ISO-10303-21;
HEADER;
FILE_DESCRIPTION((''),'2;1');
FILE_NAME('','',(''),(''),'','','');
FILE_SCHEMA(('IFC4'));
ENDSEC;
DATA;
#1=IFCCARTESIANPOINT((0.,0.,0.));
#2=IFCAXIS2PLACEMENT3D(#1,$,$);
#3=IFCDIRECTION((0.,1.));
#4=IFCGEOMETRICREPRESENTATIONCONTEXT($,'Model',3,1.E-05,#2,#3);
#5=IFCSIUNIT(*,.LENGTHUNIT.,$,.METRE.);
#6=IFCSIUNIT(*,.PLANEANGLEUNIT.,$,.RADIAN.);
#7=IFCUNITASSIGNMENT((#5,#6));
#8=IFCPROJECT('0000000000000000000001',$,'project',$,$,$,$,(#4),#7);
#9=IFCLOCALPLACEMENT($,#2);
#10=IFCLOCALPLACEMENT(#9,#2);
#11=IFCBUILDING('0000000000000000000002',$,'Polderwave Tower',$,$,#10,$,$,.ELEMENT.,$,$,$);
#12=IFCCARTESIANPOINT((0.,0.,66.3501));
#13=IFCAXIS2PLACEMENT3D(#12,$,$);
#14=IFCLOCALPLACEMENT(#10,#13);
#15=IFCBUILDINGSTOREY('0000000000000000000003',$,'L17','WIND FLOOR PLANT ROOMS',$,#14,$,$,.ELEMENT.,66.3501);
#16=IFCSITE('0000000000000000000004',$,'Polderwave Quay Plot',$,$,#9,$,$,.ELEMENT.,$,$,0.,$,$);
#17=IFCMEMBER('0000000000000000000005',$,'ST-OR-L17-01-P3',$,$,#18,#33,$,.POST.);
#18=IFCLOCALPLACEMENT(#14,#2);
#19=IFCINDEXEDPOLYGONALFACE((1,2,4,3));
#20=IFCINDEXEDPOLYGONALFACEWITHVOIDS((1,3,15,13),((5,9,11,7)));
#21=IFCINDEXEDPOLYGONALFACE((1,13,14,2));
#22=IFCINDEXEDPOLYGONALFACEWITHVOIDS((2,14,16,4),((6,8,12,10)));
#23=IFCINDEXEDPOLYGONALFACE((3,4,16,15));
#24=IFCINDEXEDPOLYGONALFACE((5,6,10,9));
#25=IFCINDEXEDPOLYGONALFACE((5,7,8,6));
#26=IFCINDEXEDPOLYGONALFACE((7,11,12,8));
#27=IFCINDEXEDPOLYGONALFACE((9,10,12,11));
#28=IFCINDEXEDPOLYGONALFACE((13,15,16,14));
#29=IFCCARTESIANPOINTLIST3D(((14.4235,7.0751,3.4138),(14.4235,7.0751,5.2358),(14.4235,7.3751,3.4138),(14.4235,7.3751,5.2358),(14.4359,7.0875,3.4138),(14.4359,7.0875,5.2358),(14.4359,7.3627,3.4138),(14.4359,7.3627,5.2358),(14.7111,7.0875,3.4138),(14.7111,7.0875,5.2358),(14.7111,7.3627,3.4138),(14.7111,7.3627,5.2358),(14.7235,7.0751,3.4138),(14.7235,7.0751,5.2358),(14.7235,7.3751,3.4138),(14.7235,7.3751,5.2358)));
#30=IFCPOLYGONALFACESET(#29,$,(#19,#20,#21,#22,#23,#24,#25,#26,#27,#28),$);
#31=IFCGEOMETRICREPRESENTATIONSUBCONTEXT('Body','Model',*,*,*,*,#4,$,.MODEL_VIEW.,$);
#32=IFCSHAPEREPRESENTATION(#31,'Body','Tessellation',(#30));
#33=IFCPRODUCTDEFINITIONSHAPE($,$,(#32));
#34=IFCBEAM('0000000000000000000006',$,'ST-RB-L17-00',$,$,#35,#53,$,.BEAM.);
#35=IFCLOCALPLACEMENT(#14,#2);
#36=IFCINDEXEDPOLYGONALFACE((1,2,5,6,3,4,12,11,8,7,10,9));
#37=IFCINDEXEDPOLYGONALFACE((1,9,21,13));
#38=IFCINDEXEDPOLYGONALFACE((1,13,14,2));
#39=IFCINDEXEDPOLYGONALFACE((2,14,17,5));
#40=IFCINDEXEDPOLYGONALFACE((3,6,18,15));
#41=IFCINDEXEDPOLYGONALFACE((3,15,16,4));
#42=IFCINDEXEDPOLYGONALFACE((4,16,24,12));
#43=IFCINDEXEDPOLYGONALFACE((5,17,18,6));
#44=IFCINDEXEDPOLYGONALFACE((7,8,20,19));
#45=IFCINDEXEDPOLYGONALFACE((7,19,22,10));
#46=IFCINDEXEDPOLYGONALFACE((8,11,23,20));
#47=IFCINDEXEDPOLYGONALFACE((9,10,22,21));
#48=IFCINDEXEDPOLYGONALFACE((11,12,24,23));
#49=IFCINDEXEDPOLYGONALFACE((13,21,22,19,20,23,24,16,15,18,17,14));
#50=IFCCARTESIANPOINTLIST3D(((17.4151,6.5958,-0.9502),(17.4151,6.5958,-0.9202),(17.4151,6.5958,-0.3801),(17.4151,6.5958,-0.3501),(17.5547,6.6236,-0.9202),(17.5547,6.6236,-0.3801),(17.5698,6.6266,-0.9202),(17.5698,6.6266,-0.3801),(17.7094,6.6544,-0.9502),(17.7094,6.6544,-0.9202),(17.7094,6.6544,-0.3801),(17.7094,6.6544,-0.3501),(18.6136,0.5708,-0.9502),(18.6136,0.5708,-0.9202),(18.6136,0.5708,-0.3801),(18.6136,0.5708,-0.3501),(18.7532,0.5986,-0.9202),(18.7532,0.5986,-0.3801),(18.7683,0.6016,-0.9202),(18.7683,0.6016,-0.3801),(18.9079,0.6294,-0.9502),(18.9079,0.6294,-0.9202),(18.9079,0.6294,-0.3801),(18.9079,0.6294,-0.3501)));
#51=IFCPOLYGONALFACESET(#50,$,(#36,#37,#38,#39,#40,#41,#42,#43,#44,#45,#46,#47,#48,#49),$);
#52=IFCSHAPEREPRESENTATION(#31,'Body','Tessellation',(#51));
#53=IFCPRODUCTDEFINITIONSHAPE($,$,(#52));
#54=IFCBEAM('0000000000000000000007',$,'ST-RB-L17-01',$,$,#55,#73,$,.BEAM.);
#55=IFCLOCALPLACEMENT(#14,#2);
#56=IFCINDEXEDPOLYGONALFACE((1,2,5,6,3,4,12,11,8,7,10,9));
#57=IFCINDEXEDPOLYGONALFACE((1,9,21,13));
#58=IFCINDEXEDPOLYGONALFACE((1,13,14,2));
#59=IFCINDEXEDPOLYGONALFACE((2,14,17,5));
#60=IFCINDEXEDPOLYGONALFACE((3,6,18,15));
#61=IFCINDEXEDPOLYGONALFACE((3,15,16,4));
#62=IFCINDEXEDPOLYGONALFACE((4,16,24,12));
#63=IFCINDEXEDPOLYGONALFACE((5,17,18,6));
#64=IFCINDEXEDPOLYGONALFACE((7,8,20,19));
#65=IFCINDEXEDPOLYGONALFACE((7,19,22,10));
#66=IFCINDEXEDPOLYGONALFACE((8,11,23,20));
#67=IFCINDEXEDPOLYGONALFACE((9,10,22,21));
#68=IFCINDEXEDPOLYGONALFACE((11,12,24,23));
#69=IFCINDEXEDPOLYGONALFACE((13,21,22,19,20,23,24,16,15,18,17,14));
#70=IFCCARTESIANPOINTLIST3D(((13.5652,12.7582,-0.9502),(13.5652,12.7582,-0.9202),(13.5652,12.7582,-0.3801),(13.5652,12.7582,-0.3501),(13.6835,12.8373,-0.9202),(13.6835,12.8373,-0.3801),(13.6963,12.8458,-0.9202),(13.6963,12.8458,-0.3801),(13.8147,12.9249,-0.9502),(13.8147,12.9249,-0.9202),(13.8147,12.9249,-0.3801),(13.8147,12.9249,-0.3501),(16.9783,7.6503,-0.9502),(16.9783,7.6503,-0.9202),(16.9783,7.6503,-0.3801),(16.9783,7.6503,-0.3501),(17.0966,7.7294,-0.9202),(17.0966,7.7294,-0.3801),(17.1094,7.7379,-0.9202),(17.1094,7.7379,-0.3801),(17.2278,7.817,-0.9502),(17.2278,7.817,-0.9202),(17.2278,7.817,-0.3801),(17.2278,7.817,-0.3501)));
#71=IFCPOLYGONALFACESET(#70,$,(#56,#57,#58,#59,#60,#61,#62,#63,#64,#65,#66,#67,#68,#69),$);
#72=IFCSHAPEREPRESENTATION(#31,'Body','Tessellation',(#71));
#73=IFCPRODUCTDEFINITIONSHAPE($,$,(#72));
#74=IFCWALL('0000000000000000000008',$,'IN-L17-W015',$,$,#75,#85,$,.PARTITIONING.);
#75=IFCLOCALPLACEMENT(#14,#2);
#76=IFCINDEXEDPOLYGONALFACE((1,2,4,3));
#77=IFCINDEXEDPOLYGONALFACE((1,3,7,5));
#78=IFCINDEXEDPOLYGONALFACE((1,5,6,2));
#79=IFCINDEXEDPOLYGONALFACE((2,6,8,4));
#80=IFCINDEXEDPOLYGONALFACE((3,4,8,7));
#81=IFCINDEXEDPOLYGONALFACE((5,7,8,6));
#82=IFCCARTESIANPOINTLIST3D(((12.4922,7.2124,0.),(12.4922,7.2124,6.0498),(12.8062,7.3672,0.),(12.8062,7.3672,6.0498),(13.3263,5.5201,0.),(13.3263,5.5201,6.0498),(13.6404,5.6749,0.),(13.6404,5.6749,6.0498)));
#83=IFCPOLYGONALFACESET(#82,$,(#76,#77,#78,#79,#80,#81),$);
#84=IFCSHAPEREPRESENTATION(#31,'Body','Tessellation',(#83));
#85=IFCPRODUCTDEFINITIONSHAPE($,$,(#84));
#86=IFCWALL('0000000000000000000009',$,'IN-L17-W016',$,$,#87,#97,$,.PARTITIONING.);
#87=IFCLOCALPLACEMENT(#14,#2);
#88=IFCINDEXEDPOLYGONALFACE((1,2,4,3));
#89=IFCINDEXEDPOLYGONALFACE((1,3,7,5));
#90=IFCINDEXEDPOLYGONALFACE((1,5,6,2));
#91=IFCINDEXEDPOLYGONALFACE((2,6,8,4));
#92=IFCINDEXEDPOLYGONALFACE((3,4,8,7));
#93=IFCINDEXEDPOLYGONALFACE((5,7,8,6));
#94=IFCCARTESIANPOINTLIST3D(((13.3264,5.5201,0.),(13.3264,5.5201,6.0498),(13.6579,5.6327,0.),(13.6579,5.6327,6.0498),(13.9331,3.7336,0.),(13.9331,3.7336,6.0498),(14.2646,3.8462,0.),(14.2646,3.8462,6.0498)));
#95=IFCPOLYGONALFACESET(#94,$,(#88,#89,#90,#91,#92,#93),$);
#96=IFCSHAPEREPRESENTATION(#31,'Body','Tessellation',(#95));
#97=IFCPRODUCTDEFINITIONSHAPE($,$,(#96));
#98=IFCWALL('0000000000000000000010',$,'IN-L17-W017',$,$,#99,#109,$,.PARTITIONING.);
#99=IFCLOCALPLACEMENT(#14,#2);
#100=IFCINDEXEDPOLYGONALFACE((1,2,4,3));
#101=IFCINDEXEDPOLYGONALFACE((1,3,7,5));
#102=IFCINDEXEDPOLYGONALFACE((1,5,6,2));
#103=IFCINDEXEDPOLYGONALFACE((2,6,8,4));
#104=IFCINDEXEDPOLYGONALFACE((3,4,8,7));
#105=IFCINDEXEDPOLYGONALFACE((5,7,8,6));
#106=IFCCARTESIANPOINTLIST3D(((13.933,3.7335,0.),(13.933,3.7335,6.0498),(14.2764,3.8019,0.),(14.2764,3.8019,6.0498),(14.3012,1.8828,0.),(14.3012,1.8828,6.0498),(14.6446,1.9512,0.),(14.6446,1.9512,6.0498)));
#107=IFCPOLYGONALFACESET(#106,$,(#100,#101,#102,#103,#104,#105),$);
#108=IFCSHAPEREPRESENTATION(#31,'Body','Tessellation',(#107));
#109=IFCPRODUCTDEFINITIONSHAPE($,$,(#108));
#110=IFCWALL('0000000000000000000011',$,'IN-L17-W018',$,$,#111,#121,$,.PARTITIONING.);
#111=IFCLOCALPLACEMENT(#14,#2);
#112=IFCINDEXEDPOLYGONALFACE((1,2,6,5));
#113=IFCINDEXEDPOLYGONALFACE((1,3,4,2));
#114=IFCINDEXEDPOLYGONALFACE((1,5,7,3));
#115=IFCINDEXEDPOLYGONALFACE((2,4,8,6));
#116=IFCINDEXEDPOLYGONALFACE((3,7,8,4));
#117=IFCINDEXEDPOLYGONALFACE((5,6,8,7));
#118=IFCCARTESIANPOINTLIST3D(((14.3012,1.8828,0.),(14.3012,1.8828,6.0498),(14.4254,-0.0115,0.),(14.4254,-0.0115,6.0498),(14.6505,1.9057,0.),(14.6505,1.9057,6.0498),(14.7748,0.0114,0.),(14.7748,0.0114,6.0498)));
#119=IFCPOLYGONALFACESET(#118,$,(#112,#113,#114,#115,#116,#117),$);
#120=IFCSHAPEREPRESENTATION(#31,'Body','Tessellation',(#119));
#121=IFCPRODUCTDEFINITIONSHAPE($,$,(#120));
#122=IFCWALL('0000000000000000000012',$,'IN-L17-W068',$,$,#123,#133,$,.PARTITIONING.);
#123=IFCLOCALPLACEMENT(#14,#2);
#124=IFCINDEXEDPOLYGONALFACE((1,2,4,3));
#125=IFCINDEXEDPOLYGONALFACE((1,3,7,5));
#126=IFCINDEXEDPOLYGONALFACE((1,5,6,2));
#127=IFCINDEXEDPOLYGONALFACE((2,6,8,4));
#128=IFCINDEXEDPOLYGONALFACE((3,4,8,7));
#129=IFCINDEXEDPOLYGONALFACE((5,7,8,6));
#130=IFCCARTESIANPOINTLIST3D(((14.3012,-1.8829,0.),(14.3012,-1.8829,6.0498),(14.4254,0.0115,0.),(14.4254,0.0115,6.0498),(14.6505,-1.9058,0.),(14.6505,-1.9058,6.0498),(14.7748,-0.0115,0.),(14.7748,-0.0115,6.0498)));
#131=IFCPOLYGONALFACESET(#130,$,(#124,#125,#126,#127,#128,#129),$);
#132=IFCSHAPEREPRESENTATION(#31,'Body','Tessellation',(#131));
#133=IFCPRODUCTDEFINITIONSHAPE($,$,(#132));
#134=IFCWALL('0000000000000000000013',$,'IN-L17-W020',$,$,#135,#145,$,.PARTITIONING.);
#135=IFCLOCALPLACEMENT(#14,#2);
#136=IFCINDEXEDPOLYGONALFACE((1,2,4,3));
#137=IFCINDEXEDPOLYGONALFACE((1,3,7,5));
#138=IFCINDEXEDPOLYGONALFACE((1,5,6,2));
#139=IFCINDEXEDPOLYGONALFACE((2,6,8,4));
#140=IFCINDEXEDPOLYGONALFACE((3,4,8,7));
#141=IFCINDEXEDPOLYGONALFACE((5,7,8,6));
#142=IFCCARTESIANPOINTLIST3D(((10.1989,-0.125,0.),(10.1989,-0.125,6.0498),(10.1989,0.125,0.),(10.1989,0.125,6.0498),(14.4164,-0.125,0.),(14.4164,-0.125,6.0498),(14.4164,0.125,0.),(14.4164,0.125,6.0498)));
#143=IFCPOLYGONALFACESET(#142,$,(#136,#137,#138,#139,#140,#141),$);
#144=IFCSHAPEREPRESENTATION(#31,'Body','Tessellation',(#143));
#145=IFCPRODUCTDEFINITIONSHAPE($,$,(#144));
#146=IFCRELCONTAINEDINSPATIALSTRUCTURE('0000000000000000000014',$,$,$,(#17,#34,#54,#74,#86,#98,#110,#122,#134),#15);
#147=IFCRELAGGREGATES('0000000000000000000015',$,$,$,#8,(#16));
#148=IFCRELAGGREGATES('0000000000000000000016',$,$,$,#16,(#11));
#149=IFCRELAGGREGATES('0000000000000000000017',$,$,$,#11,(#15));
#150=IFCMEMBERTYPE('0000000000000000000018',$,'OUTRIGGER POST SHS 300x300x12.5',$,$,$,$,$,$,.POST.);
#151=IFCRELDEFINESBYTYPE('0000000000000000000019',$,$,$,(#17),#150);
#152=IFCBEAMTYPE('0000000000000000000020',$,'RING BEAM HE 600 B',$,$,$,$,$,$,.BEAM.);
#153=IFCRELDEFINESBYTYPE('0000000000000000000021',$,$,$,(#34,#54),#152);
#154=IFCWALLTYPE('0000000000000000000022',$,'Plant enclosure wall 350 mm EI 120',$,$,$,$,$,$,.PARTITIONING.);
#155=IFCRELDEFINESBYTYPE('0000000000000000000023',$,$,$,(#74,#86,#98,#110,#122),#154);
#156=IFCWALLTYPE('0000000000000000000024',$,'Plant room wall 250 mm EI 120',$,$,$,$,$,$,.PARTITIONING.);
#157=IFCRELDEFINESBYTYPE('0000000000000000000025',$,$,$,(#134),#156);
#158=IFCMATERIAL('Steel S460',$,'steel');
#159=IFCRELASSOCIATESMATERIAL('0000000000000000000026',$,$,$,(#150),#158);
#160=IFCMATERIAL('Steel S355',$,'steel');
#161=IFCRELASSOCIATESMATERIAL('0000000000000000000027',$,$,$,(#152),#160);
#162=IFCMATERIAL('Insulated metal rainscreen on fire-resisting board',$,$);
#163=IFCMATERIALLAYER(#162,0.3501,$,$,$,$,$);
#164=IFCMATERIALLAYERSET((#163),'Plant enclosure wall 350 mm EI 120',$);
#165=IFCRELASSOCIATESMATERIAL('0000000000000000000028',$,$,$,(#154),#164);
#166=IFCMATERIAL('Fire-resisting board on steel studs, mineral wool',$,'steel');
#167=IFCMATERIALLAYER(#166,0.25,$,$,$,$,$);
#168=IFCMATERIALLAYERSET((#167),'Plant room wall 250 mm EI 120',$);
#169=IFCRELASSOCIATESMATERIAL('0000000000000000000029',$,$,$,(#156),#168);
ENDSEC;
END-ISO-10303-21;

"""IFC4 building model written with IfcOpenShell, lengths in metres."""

from ifc_helpers import new_model, si_unit, direction, frame, frame_2d, origin, origin_2d, place, context, subcontext, project, spatial, rectangle, hollow_rectangle, i_section, extrude, material, layer, layer_set, material_profile, profile_set, type_object, element, save


model = new_model("IFC4")

# Units and contexts
model_context = context("Model", 3, precision=1e-05, world=origin(), true_north=direction((0.0, 1.0)))
body_context = subcontext(model_context, "Body", "Model", "MODEL_VIEW")
ifc_project = project(units=[si_unit("LENGTHUNIT", "METRE"), si_unit("PLANEANGLEUNIT", "RADIAN")], contexts=[model_context])

# Site, building, storey
site_placement = place(None, origin())
site = spatial("IfcSite", under=ifc_project, at=site_placement, Name="Polderwave Quay Plot", CompositionType="ELEMENT", RefElevation=0.0)
building_placement = place(site_placement, origin())
building = spatial("IfcBuilding", under=site, at=building_placement, Name="Polderwave Tower", CompositionType="ELEMENT")
storey_placement = place(building_placement, frame((0.0, 0.0, 66.3501)))
storey = spatial("IfcBuildingStorey", under=building, at=storey_placement, Name="L17", Description="WIND FLOOR PLANT ROOMS", CompositionType="ELEMENT", Elevation=66.3501)

# Member
ifc_material_1 = material(Name="Steel S460", Category="steel")
ifc_material_profile_1 = material_profile(ifc_material_1, hollow_rectangle(XDim=0.3, YDim=0.3, WallThickness=0.0125, at=origin_2d()), Name="SHS 300x300x12.5")
ifc_profile_set_1 = profile_set([ifc_material_profile_1], Name="Steel S460")
member_type_1 = type_object("IfcMemberType", Name="OUTRIGGER POST SHS 300x300x12.5", PredefinedType="POST", material=ifc_profile_set_1)
for number, where, z_axis, x_axis, name in (
    (1, (14.5735, 7.2251, 3.4138), (0.0, 0.0, 1.0), (1.0, 0.0, 0.0), "ST-OR-L17-01-P3"),
):
    element("IfcMember", number, at=place(storey_placement, frame(where, z_axis=z_axis, x_axis=x_axis)), inside=storey, type_object=member_type_1, Name=name, PredefinedType="POST", context=body_context, shape_type="SweptSolid", body=[
        extrude(hollow_rectangle(XDim=0.3, YDim=0.3, WallThickness=0.0125, at=origin_2d()), origin(), (0.0, 0.0, 1.0), 1.822),
    ])

# Beams
ifc_material_2 = material(Name="Steel S355", Category="steel")
ifc_material_profile_2 = material_profile(ifc_material_2, i_section(OverallWidth=0.3, OverallDepth=0.6001, WebThickness=0.0154, FlangeThickness=0.03, at=origin_2d()), Name="HE 600 B")
ifc_profile_set_2 = profile_set([ifc_material_profile_2], Name="Steel S355")
beam_type = type_object("IfcBeamType", Name="RING BEAM HE 600 B", PredefinedType="BEAM", material=ifc_profile_set_2)
beam_1_placement = place(storey_placement, frame((18.7607, 0.6001, -0.6501), z_axis=(-0.1951, 0.980783, 0.0), x_axis=(-0.980783, -0.1951, 0.0)))
element("IfcBeam", 2, at=beam_1_placement, inside=storey, type_object=beam_type, Name="ST-RB-L17-00", PredefinedType="BEAM", context=body_context, shape_type="SweptSolid", body=[
    extrude(i_section(OverallWidth=0.3, OverallDepth=0.6001, WebThickness=0.0154, FlangeThickness=0.03, at=origin_2d()), origin(), (0.0, 0.0, 1.0), 6.1431),
])
beam_2_placement = place(storey_placement, frame((17.103, 7.7336, -0.6501), z_axis=(-0.55558, 0.831463, 0.0), x_axis=(-0.831463, -0.55558, 0.0)))
element("IfcBeam", 3, at=beam_2_placement, inside=storey, type_object=beam_type, Name="ST-RB-L17-01", PredefinedType="BEAM", context=body_context, shape_type="SweptSolid", body=[
    extrude(i_section(OverallWidth=0.3, OverallDepth=0.6001, WebThickness=0.0154, FlangeThickness=0.03, at=origin_2d()), origin(), (0.0, 0.0, 1.0), 6.1433),
])

# Walls
ifc_material_3 = material(Name="Insulated metal rainscreen on fire-resisting board")
ifc_layer_1 = layer(ifc_material_3, 0.3501)
ifc_layer_set_1 = layer_set([ifc_layer_1], Name="Plant enclosure wall 350 mm EI 120")
wall_type_1 = type_object("IfcWallType", Name="Plant enclosure wall 350 mm EI 120", PredefinedType="PARTITIONING", material=ifc_layer_set_1)
for number, where, z_axis, x_axis, name in (
    (4, (12.6492, 7.2898, 0.0), (0.0, 0.0, 1.0), (0.442134, -0.896949, 0.0), "IN-L17-W015"),
    (5, (13.4922, 5.5764, 0.0), (0.0, 0.0, 1.0), (0.321541, -0.946896, 0.0), "IN-L17-W016"),
):
    element("IfcWall", number, at=place(storey_placement, frame(where, z_axis=z_axis, x_axis=x_axis)), inside=storey, type_object=wall_type_1, Name=name, PredefinedType="PARTITIONING", context=body_context, shape_type="SweptSolid", body=[
        extrude(rectangle(XDim=1.8867, YDim=0.3501, at=frame_2d((0.9434, 0.0))), origin(), (0.0, 0.0, 1.0), 6.0498),
    ])
wall_1_placement = place(storey_placement, frame((14.1047, 3.7676, 0.0), z_axis=(0.0, 0.0, 1.0), x_axis=(0.195121, -0.980779, 0.0)))
element("IfcWall", 6, at=wall_1_placement, inside=storey, type_object=wall_type_1, Name="IN-L17-W017", PredefinedType="PARTITIONING", context=body_context, shape_type="SweptSolid", body=[
    extrude(rectangle(XDim=1.887, YDim=0.3501, at=frame_2d((0.9434, 0.0))), origin(), (0.0, 0.0, 1.0), 6.0498),
])
for number, where, z_axis, x_axis, name in (
    (7, (14.4758, 1.8943, 0.0), (0.0, 0.0, 1.0), (0.065461, -0.997855, 0.0), "IN-L17-W018"),
    (8, (14.6001, 0.0, 0.0), (0.0, 0.0, 1.0), (-0.065461, -0.997855, 0.0), "IN-L17-W068"),
):
    element("IfcWall", number, at=place(storey_placement, frame(where, z_axis=z_axis, x_axis=x_axis)), inside=storey, type_object=wall_type_1, Name=name, PredefinedType="PARTITIONING", context=body_context, shape_type="SweptSolid", body=[
        extrude(rectangle(XDim=1.8984, YDim=0.3501, at=frame_2d((0.9492, 0.0))), origin(), (0.0, 0.0, 1.0), 6.0498),
    ])
ifc_material_4 = material(Name="Fire-resisting board on steel studs, mineral wool", Category="steel")
ifc_layer_2 = layer(ifc_material_4, 0.25)
ifc_layer_set_2 = layer_set([ifc_layer_2], Name="Plant room wall 250 mm EI 120")
wall_type_2 = type_object("IfcWallType", Name="Plant room wall 250 mm EI 120", PredefinedType="PARTITIONING", material=ifc_layer_set_2)
wall_2_placement = place(storey_placement, frame((14.4165, 0.0, 0.0), z_axis=(0.0, 0.0, 1.0), x_axis=(-1.0, 0.0, 0.0)))
element("IfcWall", 9, at=wall_2_placement, inside=storey, type_object=wall_type_2, Name="IN-L17-W020", PredefinedType="PARTITIONING", context=body_context, shape_type="SweptSolid", body=[
    extrude(rectangle(XDim=4.2175, YDim=0.25, at=frame_2d((2.1089, 0.0))), origin(), (0.0, 0.0, 1.0), 6.0498),
])

save(model, "model.ifc")
